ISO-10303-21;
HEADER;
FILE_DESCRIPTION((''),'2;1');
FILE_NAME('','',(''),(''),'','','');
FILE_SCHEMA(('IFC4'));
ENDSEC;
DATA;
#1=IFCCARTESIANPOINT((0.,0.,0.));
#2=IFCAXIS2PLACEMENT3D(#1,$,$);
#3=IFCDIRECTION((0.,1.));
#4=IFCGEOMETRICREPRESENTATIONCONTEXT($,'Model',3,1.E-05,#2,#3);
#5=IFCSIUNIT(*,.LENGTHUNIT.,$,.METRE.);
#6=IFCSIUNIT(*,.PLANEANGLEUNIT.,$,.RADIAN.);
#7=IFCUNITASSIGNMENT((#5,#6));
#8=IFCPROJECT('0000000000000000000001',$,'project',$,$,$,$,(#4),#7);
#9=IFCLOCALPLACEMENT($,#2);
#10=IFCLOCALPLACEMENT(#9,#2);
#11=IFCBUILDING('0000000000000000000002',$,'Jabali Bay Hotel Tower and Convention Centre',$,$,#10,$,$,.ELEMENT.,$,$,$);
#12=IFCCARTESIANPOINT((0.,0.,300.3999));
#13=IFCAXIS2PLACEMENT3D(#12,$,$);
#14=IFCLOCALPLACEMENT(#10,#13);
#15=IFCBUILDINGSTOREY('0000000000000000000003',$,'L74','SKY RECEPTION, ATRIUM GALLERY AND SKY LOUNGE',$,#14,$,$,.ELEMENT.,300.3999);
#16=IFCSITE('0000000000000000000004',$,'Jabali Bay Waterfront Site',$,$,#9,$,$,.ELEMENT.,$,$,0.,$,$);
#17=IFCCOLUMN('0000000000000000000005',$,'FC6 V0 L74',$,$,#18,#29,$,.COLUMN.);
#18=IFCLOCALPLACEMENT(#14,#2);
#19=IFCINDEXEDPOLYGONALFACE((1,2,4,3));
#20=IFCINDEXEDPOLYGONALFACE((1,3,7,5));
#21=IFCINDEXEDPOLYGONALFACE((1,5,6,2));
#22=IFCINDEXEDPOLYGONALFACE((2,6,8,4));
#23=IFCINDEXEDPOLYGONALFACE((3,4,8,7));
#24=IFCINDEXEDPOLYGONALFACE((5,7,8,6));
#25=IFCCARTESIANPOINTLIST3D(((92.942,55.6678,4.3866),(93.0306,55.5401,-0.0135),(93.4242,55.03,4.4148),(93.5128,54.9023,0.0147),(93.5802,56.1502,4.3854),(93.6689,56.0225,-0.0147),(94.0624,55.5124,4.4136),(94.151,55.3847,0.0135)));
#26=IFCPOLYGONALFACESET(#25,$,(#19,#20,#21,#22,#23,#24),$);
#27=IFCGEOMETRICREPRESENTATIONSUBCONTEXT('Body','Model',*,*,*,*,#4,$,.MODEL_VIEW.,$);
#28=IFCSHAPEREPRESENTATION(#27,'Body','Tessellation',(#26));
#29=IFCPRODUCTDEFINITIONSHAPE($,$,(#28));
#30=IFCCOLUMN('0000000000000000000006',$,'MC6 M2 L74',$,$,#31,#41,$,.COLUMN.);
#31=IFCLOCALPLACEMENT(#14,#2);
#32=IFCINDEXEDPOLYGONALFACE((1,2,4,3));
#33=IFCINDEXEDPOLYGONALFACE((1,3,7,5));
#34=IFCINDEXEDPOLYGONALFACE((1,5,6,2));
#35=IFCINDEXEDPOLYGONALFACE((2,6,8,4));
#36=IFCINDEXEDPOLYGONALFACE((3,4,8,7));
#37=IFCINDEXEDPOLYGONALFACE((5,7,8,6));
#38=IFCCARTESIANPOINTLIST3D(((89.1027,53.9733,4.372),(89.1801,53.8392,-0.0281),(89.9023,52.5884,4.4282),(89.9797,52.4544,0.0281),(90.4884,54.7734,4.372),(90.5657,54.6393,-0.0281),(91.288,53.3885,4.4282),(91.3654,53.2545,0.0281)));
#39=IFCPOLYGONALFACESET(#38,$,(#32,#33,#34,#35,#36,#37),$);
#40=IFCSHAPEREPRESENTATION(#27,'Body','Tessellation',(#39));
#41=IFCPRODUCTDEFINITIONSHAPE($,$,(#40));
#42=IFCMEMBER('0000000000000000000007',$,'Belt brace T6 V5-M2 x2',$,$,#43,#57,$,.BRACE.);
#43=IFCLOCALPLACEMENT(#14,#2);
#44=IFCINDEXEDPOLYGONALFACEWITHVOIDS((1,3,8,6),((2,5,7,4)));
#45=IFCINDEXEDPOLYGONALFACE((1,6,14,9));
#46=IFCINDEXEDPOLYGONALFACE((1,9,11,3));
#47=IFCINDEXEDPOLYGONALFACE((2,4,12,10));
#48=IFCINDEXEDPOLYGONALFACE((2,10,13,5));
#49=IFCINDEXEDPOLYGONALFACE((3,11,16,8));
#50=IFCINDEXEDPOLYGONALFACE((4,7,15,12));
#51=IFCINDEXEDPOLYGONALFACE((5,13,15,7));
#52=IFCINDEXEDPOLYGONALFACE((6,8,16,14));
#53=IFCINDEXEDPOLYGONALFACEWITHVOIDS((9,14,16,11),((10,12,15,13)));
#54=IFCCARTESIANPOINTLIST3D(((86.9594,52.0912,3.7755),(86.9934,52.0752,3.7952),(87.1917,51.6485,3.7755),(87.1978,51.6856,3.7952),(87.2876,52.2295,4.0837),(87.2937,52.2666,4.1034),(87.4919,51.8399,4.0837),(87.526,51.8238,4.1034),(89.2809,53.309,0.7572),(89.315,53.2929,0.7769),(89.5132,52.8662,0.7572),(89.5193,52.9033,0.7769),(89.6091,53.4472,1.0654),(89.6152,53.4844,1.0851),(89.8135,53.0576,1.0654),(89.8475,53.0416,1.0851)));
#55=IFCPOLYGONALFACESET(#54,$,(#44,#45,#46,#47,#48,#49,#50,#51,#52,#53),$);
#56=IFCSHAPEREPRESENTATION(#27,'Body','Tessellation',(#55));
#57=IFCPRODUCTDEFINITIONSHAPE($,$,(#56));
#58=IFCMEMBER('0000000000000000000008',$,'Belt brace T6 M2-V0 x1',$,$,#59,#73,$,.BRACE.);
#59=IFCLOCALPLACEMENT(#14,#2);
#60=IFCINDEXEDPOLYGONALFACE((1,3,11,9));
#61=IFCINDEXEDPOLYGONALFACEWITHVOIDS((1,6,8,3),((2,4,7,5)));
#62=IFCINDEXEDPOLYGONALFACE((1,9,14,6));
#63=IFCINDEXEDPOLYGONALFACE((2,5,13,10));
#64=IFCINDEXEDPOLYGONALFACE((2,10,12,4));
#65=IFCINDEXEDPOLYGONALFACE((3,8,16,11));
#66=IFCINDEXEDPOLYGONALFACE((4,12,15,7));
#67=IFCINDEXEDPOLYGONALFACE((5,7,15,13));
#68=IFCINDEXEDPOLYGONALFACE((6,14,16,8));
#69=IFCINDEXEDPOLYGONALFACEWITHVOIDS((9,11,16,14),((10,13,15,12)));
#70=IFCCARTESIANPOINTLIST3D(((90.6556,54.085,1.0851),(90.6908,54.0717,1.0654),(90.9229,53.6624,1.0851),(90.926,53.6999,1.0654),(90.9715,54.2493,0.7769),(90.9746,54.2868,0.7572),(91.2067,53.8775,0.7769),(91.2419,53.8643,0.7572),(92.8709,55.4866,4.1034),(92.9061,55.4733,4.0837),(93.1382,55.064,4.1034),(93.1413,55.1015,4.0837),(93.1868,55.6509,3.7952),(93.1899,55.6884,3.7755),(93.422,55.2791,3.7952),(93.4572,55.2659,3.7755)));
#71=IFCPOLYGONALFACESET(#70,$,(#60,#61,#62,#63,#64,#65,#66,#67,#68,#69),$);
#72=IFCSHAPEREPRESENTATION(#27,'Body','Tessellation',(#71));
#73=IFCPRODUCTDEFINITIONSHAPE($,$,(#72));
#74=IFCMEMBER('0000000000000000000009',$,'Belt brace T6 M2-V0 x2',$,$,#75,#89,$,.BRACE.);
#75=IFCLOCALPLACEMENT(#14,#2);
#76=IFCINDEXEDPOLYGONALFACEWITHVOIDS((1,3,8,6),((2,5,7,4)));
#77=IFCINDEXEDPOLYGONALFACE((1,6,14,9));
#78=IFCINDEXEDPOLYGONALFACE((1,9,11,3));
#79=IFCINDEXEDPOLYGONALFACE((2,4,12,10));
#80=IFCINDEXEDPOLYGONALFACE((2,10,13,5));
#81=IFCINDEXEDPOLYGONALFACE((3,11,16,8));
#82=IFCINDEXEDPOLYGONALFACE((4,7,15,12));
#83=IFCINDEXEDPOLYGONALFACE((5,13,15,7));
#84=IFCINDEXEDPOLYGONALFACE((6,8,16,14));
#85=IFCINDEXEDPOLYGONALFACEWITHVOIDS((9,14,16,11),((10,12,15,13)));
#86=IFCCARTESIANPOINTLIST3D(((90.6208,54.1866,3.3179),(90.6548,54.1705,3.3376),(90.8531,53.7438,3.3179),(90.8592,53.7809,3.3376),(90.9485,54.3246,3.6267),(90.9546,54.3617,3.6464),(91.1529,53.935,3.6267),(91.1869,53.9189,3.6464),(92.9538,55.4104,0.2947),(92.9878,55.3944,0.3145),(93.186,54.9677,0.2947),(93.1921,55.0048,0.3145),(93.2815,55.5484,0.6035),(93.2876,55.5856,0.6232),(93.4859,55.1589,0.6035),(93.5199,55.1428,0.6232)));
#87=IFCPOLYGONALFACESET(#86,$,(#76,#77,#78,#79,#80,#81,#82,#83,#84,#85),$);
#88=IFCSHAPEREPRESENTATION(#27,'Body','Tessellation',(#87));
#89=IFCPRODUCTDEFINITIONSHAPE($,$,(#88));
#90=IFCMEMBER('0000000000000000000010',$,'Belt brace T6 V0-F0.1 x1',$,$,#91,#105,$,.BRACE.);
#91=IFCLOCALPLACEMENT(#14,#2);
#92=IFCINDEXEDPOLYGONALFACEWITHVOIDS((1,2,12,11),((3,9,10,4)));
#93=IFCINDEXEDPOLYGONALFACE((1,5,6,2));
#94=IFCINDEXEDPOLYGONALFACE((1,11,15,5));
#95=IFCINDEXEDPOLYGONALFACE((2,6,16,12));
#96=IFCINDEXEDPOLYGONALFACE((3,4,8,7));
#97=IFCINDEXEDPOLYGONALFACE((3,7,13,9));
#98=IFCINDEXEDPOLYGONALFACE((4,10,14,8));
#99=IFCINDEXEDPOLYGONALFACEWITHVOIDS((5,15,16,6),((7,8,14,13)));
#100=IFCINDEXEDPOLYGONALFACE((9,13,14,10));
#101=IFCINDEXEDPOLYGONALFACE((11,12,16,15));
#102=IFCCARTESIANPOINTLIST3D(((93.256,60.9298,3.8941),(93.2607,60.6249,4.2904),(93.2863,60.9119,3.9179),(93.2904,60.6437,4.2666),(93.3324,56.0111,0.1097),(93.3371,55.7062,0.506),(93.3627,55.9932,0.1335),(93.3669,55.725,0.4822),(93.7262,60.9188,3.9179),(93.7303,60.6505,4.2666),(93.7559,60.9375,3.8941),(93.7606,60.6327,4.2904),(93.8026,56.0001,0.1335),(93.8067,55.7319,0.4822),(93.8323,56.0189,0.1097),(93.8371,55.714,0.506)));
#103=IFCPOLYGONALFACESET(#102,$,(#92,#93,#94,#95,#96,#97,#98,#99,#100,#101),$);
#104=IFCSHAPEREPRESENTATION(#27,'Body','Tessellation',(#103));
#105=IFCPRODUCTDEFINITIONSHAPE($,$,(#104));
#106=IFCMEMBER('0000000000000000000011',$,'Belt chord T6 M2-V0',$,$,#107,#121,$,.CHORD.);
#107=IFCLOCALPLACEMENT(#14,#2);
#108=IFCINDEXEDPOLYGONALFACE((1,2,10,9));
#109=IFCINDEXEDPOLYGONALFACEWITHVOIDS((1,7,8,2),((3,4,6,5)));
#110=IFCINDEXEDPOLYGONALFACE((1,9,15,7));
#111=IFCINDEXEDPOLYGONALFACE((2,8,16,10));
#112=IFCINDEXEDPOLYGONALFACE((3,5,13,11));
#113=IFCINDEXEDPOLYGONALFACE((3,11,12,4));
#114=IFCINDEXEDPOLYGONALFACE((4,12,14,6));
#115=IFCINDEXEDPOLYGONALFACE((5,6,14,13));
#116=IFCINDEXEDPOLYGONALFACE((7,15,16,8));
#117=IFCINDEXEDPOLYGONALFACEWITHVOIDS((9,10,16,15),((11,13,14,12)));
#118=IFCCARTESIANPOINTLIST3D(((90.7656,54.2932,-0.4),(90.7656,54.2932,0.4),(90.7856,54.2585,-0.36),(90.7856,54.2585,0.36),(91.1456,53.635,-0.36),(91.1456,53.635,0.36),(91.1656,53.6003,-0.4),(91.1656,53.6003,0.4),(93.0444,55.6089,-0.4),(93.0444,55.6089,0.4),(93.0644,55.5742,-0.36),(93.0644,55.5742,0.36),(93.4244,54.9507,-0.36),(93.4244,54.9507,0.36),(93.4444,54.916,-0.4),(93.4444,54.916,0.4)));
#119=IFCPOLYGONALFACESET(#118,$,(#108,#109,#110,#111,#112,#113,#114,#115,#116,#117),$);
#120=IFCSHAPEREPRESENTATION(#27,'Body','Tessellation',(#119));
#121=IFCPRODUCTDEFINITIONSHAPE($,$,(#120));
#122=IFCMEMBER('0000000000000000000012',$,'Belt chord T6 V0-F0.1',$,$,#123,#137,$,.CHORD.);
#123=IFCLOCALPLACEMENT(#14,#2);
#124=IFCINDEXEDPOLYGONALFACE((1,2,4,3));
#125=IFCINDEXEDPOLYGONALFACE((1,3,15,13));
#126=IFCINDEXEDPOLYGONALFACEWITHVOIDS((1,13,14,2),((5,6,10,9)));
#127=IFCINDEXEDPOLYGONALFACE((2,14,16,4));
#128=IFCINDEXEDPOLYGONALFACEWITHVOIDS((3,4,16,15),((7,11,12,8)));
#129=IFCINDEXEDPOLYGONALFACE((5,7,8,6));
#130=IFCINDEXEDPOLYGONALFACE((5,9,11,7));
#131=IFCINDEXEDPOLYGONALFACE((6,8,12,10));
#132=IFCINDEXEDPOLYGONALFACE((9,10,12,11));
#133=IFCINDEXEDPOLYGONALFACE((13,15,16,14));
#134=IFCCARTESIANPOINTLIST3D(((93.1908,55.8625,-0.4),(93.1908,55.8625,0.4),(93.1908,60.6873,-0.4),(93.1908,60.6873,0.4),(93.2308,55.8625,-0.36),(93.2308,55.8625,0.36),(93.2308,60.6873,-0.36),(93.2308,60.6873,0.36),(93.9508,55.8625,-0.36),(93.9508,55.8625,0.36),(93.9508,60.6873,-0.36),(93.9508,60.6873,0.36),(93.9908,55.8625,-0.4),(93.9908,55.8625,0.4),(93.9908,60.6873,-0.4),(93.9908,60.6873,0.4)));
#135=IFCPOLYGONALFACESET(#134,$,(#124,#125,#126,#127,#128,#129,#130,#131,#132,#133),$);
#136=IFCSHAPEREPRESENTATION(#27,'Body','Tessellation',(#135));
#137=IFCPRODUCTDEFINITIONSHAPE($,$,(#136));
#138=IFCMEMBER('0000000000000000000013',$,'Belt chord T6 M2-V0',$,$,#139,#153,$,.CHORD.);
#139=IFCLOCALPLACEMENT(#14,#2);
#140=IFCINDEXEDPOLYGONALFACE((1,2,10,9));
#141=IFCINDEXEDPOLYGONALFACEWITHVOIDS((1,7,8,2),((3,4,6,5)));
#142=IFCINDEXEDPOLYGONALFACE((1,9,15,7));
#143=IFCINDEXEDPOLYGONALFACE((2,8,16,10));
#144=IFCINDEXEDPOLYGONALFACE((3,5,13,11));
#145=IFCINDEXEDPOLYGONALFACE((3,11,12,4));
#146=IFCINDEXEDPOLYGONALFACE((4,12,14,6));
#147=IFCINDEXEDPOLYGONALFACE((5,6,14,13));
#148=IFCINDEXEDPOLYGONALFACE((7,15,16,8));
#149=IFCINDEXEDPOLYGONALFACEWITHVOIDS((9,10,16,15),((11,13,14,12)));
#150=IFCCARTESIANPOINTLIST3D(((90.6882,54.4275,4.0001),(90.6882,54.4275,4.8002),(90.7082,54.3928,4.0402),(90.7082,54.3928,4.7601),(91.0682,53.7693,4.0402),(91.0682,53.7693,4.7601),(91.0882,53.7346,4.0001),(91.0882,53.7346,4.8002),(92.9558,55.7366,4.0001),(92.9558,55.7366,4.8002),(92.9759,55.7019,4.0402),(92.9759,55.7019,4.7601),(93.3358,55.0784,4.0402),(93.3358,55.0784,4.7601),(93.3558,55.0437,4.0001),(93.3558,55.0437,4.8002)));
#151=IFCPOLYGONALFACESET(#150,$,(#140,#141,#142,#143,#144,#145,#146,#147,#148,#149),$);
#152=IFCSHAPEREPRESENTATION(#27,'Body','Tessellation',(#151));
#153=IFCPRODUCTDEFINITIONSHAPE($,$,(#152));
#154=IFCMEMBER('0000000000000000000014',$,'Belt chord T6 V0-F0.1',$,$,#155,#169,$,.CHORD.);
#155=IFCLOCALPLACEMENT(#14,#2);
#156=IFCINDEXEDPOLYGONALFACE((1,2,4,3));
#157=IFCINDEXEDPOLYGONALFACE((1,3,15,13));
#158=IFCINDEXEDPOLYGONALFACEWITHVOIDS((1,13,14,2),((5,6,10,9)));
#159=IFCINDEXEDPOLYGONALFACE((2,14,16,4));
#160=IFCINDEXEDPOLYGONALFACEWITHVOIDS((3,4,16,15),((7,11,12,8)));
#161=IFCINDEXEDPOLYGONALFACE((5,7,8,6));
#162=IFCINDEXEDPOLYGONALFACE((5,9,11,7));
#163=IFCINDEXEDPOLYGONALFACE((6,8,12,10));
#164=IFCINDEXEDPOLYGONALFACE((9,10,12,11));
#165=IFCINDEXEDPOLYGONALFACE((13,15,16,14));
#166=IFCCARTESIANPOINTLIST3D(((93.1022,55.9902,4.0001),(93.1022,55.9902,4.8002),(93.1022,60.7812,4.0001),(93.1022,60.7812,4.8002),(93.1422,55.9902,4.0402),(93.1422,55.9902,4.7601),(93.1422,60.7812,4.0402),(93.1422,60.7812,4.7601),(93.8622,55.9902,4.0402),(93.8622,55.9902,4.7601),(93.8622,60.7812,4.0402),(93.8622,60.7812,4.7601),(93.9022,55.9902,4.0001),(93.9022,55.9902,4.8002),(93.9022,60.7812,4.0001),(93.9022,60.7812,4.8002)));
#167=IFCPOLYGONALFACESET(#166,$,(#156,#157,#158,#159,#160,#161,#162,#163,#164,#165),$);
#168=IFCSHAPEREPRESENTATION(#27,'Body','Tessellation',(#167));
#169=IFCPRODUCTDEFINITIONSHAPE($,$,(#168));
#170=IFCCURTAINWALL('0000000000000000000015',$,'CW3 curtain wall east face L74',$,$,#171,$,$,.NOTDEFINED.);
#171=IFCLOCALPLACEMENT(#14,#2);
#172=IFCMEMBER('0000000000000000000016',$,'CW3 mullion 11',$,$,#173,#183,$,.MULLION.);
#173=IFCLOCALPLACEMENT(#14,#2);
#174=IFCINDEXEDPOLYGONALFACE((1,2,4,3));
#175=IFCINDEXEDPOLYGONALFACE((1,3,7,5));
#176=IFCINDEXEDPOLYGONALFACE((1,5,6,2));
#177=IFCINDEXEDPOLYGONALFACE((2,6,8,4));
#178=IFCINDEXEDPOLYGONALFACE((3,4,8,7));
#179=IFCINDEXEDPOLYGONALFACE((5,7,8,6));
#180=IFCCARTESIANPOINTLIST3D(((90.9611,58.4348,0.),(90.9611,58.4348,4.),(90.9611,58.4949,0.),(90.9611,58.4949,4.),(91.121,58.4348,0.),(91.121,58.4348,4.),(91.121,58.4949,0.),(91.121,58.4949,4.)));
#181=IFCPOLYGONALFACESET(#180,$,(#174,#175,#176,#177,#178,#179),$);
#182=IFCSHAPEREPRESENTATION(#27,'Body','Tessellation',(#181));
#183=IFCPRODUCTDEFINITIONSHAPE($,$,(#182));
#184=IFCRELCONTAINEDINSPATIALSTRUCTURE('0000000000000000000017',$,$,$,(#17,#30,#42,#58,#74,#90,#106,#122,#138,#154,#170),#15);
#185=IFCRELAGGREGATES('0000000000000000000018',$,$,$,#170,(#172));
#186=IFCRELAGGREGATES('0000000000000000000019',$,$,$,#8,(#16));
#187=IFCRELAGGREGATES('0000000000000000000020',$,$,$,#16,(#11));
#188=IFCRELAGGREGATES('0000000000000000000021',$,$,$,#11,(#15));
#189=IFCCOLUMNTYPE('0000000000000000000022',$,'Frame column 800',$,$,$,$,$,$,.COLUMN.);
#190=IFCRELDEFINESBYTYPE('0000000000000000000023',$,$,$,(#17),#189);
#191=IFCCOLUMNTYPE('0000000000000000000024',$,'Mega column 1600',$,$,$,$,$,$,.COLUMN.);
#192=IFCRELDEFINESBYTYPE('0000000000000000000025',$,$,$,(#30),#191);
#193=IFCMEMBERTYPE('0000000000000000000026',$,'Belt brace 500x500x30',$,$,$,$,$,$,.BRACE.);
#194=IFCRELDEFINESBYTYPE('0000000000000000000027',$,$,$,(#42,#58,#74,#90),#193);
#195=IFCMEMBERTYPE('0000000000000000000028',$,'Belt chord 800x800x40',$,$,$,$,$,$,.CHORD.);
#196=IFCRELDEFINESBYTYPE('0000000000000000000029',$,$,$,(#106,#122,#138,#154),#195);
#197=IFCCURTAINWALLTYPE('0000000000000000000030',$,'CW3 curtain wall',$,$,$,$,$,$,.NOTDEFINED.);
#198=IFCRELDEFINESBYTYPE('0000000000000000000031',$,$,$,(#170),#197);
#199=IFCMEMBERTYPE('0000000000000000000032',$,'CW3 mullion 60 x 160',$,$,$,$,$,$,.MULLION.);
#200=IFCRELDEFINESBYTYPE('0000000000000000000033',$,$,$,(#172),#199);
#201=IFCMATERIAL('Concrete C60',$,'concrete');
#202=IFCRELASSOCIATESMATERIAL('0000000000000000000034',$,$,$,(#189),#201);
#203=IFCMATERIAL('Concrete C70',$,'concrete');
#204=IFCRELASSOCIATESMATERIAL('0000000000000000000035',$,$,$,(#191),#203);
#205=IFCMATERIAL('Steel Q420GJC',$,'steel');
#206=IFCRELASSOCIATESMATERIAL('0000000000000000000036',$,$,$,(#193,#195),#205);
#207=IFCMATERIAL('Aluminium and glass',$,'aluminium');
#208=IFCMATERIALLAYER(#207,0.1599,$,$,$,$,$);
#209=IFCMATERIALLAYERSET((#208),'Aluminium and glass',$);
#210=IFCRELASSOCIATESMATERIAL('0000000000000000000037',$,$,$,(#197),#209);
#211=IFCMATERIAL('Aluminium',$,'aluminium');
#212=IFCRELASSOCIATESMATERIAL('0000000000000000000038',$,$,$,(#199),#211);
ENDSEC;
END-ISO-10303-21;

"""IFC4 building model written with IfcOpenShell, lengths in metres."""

from ifc_helpers import new_model, si_unit, direction, frame, origin, origin_2d, place, context, subcontext, project, spatial, rectangle, hollow_rectangle, extrude, material, layer, layer_set, material_profile, profile_set, type_object, element, aggregate, save


model = new_model("IFC4")

# Units and contexts
model_context = context("Model", 3, precision=1e-05, world=origin(), true_north=direction((0.0, 1.0)))
body_context = subcontext(model_context, "Body", "Model", "MODEL_VIEW")
ifc_project = project(units=[si_unit("LENGTHUNIT", "METRE"), si_unit("PLANEANGLEUNIT", "RADIAN")], contexts=[model_context])

# Site, building, storey
site_placement = place(None, origin())
site = spatial("IfcSite", under=ifc_project, at=site_placement, Name="Jabali Bay Waterfront Site", CompositionType="ELEMENT", RefElevation=0.0)
building_placement = place(site_placement, origin())
building = spatial("IfcBuilding", under=site, at=building_placement, Name="Jabali Bay Hotel Tower and Convention Centre", CompositionType="ELEMENT")
storey_placement = place(building_placement, frame((0.0, 0.0, 300.3999)))
storey = spatial("IfcBuildingStorey", under=building, at=storey_placement, Name="L74", Description="SKY RECEPTION, ATRIUM GALLERY AND SKY LOUNGE", CompositionType="ELEMENT", Elevation=300.3999)

# Columns
ifc_material_1 = material(Name="Concrete C60", Category="concrete")
ifc_material_profile_1 = material_profile(ifc_material_1, rectangle(XDim=0.8, YDim=0.8, at=origin_2d()), Name="Frame column 800")
ifc_profile_set_1 = profile_set([ifc_material_profile_1], Name="Concrete C60")
column_type_1 = type_object("IfcColumnType", Name="Frame column 800", PredefinedType="COLUMN", material=ifc_profile_set_1)
column_1_placement = place(storey_placement, frame((93.5908, 55.4624, 0.0), z_axis=(-0.020128, 0.029, 0.999377), x_axis=(-0.797738, -0.603003, 0.001431)))
element("IfcColumn", 1, at=column_1_placement, inside=storey, type_object=column_type_1, Name="FC6 V0 L74", PredefinedType="COLUMN", context=body_context, shape_type="SweptSolid", body=[
    extrude(rectangle(XDim=0.8, YDim=0.8, at=origin_2d()), origin(), (0.0, 0.0, 1.0), 4.4028),
])
ifc_material_2 = material(Name="Concrete C70", Category="concrete")
ifc_material_profile_2 = material_profile(ifc_material_2, rectangle(XDim=1.6001, YDim=1.6001, at=origin_2d()), Name="Mega column 1600")
ifc_profile_set_2 = profile_set([ifc_material_profile_2], Name="Concrete C70")
column_type_2 = type_object("IfcColumnType", Name="Mega column 1600", PredefinedType="COLUMN", material=ifc_profile_set_2)
column_2_placement = place(storey_placement, frame((90.2727, 53.5469, 0.0), z_axis=(-0.017578, 0.030442, 0.999382), x_axis=(0.499729, -0.865468, 0.035153)))
element("IfcColumn", 2, at=column_2_placement, inside=storey, type_object=column_type_2, Name="MC6 M2 L74", PredefinedType="COLUMN", context=body_context, shape_type="SweptSolid", body=[
    extrude(rectangle(XDim=1.6001, YDim=1.6001, at=origin_2d()), origin(), (0.0, 0.0, 1.0), 4.4028),
])

# Members
ifc_material_3 = material(Name="Steel Q420GJC", Category="steel")
ifc_material_profile_3 = material_profile(ifc_material_3, hollow_rectangle(XDim=0.5, YDim=0.5, WallThickness=0.03, at=origin_2d()), Name="Belt brace 500x500x30")
ifc_profile_set_3 = profile_set([ifc_material_profile_3], Name="Steel Q420GJC")
member_type_1 = type_object("IfcMemberType", Name="Belt brace 500x500x30", PredefinedType="BRACE", material=ifc_profile_set_3)
for number, where, z_axis, x_axis, name in (
    (3, (89.5642, 53.1753, 0.9211), (-0.580698, -0.304608, 0.754986), (0.464525, -0.88556, 0.0), "Belt brace T6 V5-M2 x2"),
    (4, (90.9487, 53.9746, 0.9211), (0.554138, 0.350596, 0.754993), (-0.534662, 0.845066, 0.0), "Belt brace T6 M2-V0 x1"),
):
    element("IfcMember", number, at=place(storey_placement, frame(where, z_axis=z_axis, x_axis=x_axis)), inside=storey, type_object=member_type_1, Name=name, PredefinedType="BRACE", context=body_context, shape_type="SweptSolid", body=[
        extrude(hollow_rectangle(XDim=0.5, YDim=0.5, WallThickness=0.03, at=origin_2d()), origin(), (0.0, 0.0, 1.0), 3.9978),
    ])
member_1_placement = place(storey_placement, frame((93.2368, 55.2766, 0.459), z_axis=(-0.58179, -0.305202, 0.753904), x_axis=(0.464551, -0.885547, 0.0)))
element("IfcMember", 5, at=member_1_placement, inside=storey, type_object=member_type_1, Name="Belt brace T6 M2-V0 x2", PredefinedType="BRACE", context=body_context, shape_type="SweptSolid", body=[
    extrude(hollow_rectangle(XDim=0.5, YDim=0.5, WallThickness=0.03, at=origin_2d()), origin(), (0.0, 0.0, 1.0), 4.01),
])
member_2_placement = place(storey_placement, frame((93.5847, 55.8625, 0.3079), z_axis=(-0.012312, 0.792501, 0.609746), x_axis=(-0.999879, -0.015534, 0.0)))
element("IfcMember", 6, at=member_2_placement, inside=storey, type_object=member_type_1, Name="Belt brace T6 V0-F0.1 x1", PredefinedType="BRACE", context=body_context, shape_type="SweptSolid", body=[
    extrude(hollow_rectangle(XDim=0.5, YDim=0.5, WallThickness=0.03, at=origin_2d()), origin(), (0.0, 0.0, 1.0), 6.2065),
])
ifc_material_profile_4 = material_profile(ifc_material_3, hollow_rectangle(XDim=0.8, YDim=0.8, WallThickness=0.04, at=origin_2d()), Name="Belt chord 800x800x40")
ifc_profile_set_4 = profile_set([ifc_material_profile_4], Name="Steel Q420GJC")
member_type_2 = type_object("IfcMemberType", Name="Belt chord 800x800x40", PredefinedType="CHORD", material=ifc_profile_set_4)
member_3_placement = place(storey_placement, frame((90.9656, 53.9468, 0.0), z_axis=(0.866025, 0.500001, 0.0), x_axis=(-0.500001, 0.866025, 0.0)))
element("IfcMember", 7, at=member_3_placement, inside=storey, type_object=member_type_2, Name="Belt chord T6 M2-V0", PredefinedType="CHORD", context=body_context, shape_type="SweptSolid", body=[
    extrude(hollow_rectangle(XDim=0.8, YDim=0.8, WallThickness=0.04, at=origin_2d()), origin(), (0.0, 0.0, 1.0), 2.6313),
])
member_4_placement = place(storey_placement, frame((93.5908, 55.8625, 0.0), z_axis=(0.0, 1.0, 0.0), x_axis=(-1.0, 0.0, 0.0)))
element("IfcMember", 8, at=member_4_placement, inside=storey, type_object=member_type_2, Name="Belt chord T6 V0-F0.1", PredefinedType="CHORD", context=body_context, shape_type="SweptSolid", body=[
    extrude(hollow_rectangle(XDim=0.8, YDim=0.8, WallThickness=0.04, at=origin_2d()), origin(), (0.0, 0.0, 1.0), 4.8247),
])
member_5_placement = place(storey_placement, frame((90.8882, 54.0811, 4.4001), z_axis=(0.866043, 0.49997, 0.0), x_axis=(-0.49997, 0.866043, 0.0)))
element("IfcMember", 9, at=member_5_placement, inside=storey, type_object=member_type_2, Name="Belt chord T6 M2-V0", PredefinedType="CHORD", context=body_context, shape_type="SweptSolid", body=[
    extrude(hollow_rectangle(XDim=0.8, YDim=0.8, WallThickness=0.04, at=origin_2d()), origin(), (0.0, 0.0, 1.0), 2.6184),
])
member_6_placement = place(storey_placement, frame((93.5022, 55.9902, 4.4001), z_axis=(0.0, 1.0, 0.0), x_axis=(-1.0, 0.0, 0.0)))
element("IfcMember", 10, at=member_6_placement, inside=storey, type_object=member_type_2, Name="Belt chord T6 V0-F0.1", PredefinedType="CHORD", context=body_context, shape_type="SweptSolid", body=[
    extrude(hollow_rectangle(XDim=0.8, YDim=0.8, WallThickness=0.04, at=origin_2d()), origin(), (0.0, 0.0, 1.0), 4.791),
])

# Curtain wall, member
ifc_material_4 = material(Name="Aluminium and glass", Category="aluminium")
ifc_layer_1 = layer(ifc_material_4, 0.1599)
ifc_layer_set_1 = layer_set([ifc_layer_1], Name="Aluminium and glass")
curtain_wall_type = type_object("IfcCurtainWallType", Name="CW3 curtain wall", PredefinedType="NOTDEFINED", material=ifc_layer_set_1)
curtain_wall_placement = place(storey_placement, origin())
curtain_wall = element("IfcCurtainWall", 11, at=curtain_wall_placement, inside=storey, type_object=curtain_wall_type, Name="CW3 curtain wall east face L74", PredefinedType="NOTDEFINED")
ifc_material_5 = material(Name="Aluminium", Category="aluminium")
ifc_material_profile_5 = material_profile(ifc_material_5, rectangle(XDim=0.1599, YDim=0.0601, at=origin_2d()), Name="CW3 mullion 60 x 160")
ifc_profile_set_5 = profile_set([ifc_material_profile_5], Name="Aluminium")
member_type_3 = type_object("IfcMemberType", Name="CW3 mullion 60 x 160", PredefinedType="MULLION", material=ifc_profile_set_5)
member_7_placement = place(storey_placement, frame((91.041, 58.4648, 0.0), z_axis=(0.0, 0.0, 1.0), x_axis=(1.0, 0.0, 0.0)))
member_7 = element("IfcMember", 12, at=member_7_placement, type_object=member_type_3, Name="CW3 mullion 11", PredefinedType="MULLION", context=body_context, shape_type="SweptSolid", body=[
    extrude(rectangle(XDim=0.1599, YDim=0.0601, at=origin_2d()), origin(), (0.0, 0.0, 1.0), 4.0),
])
aggregate(curtain_wall, [member_7])

save(model, "model.ifc")
